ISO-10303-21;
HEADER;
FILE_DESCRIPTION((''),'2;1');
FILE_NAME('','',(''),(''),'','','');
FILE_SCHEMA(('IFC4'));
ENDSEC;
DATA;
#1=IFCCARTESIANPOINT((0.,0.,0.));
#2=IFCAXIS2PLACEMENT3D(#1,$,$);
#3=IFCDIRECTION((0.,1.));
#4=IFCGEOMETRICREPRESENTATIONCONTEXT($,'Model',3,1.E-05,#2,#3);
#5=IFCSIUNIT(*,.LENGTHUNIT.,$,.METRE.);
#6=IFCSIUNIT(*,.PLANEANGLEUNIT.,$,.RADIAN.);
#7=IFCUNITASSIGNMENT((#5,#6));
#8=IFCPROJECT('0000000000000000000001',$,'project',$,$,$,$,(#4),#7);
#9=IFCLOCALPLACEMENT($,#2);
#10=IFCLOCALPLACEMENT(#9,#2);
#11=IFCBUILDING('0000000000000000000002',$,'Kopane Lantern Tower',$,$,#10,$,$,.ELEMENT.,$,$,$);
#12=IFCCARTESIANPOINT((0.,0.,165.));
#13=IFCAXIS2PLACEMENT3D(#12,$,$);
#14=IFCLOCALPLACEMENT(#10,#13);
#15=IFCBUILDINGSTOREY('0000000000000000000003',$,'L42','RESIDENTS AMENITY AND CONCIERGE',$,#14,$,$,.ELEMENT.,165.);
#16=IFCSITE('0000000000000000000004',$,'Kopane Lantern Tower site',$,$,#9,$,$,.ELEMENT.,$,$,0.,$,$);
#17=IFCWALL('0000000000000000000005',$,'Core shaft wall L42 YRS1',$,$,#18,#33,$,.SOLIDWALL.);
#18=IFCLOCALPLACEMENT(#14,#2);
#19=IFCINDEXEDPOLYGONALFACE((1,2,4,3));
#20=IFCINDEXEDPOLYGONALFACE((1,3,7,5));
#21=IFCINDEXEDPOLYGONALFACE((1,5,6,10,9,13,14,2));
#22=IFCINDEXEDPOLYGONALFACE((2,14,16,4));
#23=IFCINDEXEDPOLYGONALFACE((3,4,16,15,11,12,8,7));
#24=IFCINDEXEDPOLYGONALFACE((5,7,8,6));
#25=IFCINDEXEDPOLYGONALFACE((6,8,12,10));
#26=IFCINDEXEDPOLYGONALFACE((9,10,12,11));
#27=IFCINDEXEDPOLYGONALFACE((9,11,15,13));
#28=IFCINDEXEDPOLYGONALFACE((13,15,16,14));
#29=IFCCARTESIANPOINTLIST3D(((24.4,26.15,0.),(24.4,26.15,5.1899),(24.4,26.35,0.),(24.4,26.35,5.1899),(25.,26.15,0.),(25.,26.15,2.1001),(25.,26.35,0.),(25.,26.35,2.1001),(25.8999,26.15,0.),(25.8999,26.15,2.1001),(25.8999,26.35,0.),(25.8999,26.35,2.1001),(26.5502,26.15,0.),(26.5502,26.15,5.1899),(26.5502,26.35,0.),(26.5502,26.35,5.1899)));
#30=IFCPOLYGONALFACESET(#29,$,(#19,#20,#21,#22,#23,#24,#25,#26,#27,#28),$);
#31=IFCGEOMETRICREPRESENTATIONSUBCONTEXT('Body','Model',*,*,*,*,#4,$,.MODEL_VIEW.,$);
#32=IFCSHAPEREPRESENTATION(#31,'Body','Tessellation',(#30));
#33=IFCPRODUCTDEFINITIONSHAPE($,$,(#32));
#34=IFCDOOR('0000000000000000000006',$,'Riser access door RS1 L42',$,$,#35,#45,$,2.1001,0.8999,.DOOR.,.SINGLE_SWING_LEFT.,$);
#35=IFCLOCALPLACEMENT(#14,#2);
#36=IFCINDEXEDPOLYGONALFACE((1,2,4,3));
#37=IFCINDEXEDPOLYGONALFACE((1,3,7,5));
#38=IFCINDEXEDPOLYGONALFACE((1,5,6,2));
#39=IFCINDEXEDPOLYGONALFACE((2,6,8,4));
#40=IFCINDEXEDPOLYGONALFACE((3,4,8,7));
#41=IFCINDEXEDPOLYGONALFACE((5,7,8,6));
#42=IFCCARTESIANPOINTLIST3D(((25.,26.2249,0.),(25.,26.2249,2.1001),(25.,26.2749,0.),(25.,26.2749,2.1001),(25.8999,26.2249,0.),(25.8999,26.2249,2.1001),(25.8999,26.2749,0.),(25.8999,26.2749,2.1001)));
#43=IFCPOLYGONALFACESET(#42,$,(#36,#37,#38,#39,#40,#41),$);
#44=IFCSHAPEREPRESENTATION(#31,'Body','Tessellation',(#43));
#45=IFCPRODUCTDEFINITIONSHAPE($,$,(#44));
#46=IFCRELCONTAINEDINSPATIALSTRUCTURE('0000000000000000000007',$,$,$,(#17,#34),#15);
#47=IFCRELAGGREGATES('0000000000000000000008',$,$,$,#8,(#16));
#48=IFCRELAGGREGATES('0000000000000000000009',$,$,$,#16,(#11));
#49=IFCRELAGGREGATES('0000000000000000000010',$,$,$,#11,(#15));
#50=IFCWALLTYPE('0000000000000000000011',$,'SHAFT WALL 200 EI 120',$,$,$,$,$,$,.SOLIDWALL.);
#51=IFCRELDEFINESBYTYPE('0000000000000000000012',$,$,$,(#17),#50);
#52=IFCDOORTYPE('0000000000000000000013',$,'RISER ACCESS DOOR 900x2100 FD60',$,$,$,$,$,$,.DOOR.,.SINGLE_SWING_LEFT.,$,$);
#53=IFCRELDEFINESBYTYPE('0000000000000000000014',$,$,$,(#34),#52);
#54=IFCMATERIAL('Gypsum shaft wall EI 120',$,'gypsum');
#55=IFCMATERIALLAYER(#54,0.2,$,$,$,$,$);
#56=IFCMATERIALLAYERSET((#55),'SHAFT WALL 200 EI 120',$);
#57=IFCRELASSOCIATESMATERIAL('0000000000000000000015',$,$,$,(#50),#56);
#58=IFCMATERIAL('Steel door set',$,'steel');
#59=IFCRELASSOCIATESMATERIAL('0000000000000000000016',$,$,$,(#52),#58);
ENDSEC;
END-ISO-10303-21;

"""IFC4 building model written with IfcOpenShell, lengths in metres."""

from ifc_helpers import new_model, si_unit, direction, frame, frame_2d, origin, place, context, subcontext, project, spatial, rectangle, extrude, material, layer, layer_set, type_object, element, fill, save


model = new_model("IFC4")

# Units and contexts
model_context = context("Model", 3, precision=1e-05, world=origin(), true_north=direction((0.0, 1.0)))
body_context = subcontext(model_context, "Body", "Model", "MODEL_VIEW")
ifc_project = project(units=[si_unit("LENGTHUNIT", "METRE"), si_unit("PLANEANGLEUNIT", "RADIAN")], contexts=[model_context])

# Site, building, storey
site_placement = place(None, origin())
site = spatial("IfcSite", under=ifc_project, at=site_placement, Name="Kopane Lantern Tower site", CompositionType="ELEMENT", RefElevation=0.0)
building_placement = place(site_placement, origin())
building = spatial("IfcBuilding", under=site, at=building_placement, Name="Kopane Lantern Tower", CompositionType="ELEMENT")
storey_placement = place(building_placement, frame((0.0, 0.0, 165.0)))
storey = spatial("IfcBuildingStorey", under=building, at=storey_placement, Name="L42", Description="RESIDENTS AMENITY AND CONCIERGE", CompositionType="ELEMENT", Elevation=165.0)

# Shared definitions
ifc_material_1 = material(Name="Gypsum shaft wall EI 120", Category="gypsum")
ifc_layer_1 = layer(ifc_material_1, 0.2)
ifc_layer_set_1 = layer_set([ifc_layer_1], Name="SHAFT WALL 200 EI 120")
wall_type_1 = type_object("IfcWallType", Name="SHAFT WALL 200 EI 120", PredefinedType="SOLIDWALL", material=ifc_layer_set_1)

# Wall, opening, door
wall_1_placement = place(storey_placement, frame((24.3999, 26.25, 0.0), z_axis=(0.0, 0.0, 1.0), x_axis=(1.0, 0.0, 0.0)))
wall_1 = element("IfcWall", 1, at=wall_1_placement, inside=storey, type_object=wall_type_1, Name="Core shaft wall L42 YRS1", PredefinedType="SOLIDWALL", context=body_context, shape_type="SweptSolid", body=[
    extrude(rectangle(XDim=2.1501, YDim=0.2, at=frame_2d((1.0752, 0.0))), origin(), (0.0, 0.0, 1.0), 5.1899),
])
opening_1_placement = place(wall_1_placement, frame((0.6001, 0.0, 0.0)))
opening_1 = element("IfcOpeningElement", 2, at=opening_1_placement, cuts=wall_1, PredefinedType="OPENING", context=body_context, shape_type="SweptSolid", body=[
    extrude(rectangle(XDim=0.8999, YDim=2.1001, at=frame_2d((0.45, 1.05))), frame((0.0, 0.1099, 0.0), z_axis=(0.0, -1.0, 0.0), x_axis=(1.0, 0.0, 0.0)), (0.0, 0.0, 1.0), 0.22),
])
ifc_material_2 = material(Name="Steel door set", Category="steel")
door_type_1 = type_object("IfcDoorType", Name="RISER ACCESS DOOR 900x2100 FD60", OperationType="SINGLE_SWING_LEFT", PredefinedType="DOOR", material=ifc_material_2)
door_1_placement = place(opening_1_placement, origin())
door_1 = element("IfcDoor", 3, at=door_1_placement, inside=storey, type_object=door_type_1, Name="Riser access door RS1 L42", OperationType="SINGLE_SWING_LEFT", OverallHeight=2.1001, OverallWidth=0.8999, PredefinedType="DOOR", context=body_context, shape_type="SweptSolid", body=[
    extrude(rectangle(XDim=0.8999, YDim=2.1001, at=frame_2d((0.45, 1.05))), frame((0.0, 0.0249, 0.0), z_axis=(0.0, -1.0, 0.0), x_axis=(1.0, 0.0, 0.0)), (0.0, 0.0, 1.0), 0.05),
])
fill(opening_1, door_1)

save(model, "model.ifc")
